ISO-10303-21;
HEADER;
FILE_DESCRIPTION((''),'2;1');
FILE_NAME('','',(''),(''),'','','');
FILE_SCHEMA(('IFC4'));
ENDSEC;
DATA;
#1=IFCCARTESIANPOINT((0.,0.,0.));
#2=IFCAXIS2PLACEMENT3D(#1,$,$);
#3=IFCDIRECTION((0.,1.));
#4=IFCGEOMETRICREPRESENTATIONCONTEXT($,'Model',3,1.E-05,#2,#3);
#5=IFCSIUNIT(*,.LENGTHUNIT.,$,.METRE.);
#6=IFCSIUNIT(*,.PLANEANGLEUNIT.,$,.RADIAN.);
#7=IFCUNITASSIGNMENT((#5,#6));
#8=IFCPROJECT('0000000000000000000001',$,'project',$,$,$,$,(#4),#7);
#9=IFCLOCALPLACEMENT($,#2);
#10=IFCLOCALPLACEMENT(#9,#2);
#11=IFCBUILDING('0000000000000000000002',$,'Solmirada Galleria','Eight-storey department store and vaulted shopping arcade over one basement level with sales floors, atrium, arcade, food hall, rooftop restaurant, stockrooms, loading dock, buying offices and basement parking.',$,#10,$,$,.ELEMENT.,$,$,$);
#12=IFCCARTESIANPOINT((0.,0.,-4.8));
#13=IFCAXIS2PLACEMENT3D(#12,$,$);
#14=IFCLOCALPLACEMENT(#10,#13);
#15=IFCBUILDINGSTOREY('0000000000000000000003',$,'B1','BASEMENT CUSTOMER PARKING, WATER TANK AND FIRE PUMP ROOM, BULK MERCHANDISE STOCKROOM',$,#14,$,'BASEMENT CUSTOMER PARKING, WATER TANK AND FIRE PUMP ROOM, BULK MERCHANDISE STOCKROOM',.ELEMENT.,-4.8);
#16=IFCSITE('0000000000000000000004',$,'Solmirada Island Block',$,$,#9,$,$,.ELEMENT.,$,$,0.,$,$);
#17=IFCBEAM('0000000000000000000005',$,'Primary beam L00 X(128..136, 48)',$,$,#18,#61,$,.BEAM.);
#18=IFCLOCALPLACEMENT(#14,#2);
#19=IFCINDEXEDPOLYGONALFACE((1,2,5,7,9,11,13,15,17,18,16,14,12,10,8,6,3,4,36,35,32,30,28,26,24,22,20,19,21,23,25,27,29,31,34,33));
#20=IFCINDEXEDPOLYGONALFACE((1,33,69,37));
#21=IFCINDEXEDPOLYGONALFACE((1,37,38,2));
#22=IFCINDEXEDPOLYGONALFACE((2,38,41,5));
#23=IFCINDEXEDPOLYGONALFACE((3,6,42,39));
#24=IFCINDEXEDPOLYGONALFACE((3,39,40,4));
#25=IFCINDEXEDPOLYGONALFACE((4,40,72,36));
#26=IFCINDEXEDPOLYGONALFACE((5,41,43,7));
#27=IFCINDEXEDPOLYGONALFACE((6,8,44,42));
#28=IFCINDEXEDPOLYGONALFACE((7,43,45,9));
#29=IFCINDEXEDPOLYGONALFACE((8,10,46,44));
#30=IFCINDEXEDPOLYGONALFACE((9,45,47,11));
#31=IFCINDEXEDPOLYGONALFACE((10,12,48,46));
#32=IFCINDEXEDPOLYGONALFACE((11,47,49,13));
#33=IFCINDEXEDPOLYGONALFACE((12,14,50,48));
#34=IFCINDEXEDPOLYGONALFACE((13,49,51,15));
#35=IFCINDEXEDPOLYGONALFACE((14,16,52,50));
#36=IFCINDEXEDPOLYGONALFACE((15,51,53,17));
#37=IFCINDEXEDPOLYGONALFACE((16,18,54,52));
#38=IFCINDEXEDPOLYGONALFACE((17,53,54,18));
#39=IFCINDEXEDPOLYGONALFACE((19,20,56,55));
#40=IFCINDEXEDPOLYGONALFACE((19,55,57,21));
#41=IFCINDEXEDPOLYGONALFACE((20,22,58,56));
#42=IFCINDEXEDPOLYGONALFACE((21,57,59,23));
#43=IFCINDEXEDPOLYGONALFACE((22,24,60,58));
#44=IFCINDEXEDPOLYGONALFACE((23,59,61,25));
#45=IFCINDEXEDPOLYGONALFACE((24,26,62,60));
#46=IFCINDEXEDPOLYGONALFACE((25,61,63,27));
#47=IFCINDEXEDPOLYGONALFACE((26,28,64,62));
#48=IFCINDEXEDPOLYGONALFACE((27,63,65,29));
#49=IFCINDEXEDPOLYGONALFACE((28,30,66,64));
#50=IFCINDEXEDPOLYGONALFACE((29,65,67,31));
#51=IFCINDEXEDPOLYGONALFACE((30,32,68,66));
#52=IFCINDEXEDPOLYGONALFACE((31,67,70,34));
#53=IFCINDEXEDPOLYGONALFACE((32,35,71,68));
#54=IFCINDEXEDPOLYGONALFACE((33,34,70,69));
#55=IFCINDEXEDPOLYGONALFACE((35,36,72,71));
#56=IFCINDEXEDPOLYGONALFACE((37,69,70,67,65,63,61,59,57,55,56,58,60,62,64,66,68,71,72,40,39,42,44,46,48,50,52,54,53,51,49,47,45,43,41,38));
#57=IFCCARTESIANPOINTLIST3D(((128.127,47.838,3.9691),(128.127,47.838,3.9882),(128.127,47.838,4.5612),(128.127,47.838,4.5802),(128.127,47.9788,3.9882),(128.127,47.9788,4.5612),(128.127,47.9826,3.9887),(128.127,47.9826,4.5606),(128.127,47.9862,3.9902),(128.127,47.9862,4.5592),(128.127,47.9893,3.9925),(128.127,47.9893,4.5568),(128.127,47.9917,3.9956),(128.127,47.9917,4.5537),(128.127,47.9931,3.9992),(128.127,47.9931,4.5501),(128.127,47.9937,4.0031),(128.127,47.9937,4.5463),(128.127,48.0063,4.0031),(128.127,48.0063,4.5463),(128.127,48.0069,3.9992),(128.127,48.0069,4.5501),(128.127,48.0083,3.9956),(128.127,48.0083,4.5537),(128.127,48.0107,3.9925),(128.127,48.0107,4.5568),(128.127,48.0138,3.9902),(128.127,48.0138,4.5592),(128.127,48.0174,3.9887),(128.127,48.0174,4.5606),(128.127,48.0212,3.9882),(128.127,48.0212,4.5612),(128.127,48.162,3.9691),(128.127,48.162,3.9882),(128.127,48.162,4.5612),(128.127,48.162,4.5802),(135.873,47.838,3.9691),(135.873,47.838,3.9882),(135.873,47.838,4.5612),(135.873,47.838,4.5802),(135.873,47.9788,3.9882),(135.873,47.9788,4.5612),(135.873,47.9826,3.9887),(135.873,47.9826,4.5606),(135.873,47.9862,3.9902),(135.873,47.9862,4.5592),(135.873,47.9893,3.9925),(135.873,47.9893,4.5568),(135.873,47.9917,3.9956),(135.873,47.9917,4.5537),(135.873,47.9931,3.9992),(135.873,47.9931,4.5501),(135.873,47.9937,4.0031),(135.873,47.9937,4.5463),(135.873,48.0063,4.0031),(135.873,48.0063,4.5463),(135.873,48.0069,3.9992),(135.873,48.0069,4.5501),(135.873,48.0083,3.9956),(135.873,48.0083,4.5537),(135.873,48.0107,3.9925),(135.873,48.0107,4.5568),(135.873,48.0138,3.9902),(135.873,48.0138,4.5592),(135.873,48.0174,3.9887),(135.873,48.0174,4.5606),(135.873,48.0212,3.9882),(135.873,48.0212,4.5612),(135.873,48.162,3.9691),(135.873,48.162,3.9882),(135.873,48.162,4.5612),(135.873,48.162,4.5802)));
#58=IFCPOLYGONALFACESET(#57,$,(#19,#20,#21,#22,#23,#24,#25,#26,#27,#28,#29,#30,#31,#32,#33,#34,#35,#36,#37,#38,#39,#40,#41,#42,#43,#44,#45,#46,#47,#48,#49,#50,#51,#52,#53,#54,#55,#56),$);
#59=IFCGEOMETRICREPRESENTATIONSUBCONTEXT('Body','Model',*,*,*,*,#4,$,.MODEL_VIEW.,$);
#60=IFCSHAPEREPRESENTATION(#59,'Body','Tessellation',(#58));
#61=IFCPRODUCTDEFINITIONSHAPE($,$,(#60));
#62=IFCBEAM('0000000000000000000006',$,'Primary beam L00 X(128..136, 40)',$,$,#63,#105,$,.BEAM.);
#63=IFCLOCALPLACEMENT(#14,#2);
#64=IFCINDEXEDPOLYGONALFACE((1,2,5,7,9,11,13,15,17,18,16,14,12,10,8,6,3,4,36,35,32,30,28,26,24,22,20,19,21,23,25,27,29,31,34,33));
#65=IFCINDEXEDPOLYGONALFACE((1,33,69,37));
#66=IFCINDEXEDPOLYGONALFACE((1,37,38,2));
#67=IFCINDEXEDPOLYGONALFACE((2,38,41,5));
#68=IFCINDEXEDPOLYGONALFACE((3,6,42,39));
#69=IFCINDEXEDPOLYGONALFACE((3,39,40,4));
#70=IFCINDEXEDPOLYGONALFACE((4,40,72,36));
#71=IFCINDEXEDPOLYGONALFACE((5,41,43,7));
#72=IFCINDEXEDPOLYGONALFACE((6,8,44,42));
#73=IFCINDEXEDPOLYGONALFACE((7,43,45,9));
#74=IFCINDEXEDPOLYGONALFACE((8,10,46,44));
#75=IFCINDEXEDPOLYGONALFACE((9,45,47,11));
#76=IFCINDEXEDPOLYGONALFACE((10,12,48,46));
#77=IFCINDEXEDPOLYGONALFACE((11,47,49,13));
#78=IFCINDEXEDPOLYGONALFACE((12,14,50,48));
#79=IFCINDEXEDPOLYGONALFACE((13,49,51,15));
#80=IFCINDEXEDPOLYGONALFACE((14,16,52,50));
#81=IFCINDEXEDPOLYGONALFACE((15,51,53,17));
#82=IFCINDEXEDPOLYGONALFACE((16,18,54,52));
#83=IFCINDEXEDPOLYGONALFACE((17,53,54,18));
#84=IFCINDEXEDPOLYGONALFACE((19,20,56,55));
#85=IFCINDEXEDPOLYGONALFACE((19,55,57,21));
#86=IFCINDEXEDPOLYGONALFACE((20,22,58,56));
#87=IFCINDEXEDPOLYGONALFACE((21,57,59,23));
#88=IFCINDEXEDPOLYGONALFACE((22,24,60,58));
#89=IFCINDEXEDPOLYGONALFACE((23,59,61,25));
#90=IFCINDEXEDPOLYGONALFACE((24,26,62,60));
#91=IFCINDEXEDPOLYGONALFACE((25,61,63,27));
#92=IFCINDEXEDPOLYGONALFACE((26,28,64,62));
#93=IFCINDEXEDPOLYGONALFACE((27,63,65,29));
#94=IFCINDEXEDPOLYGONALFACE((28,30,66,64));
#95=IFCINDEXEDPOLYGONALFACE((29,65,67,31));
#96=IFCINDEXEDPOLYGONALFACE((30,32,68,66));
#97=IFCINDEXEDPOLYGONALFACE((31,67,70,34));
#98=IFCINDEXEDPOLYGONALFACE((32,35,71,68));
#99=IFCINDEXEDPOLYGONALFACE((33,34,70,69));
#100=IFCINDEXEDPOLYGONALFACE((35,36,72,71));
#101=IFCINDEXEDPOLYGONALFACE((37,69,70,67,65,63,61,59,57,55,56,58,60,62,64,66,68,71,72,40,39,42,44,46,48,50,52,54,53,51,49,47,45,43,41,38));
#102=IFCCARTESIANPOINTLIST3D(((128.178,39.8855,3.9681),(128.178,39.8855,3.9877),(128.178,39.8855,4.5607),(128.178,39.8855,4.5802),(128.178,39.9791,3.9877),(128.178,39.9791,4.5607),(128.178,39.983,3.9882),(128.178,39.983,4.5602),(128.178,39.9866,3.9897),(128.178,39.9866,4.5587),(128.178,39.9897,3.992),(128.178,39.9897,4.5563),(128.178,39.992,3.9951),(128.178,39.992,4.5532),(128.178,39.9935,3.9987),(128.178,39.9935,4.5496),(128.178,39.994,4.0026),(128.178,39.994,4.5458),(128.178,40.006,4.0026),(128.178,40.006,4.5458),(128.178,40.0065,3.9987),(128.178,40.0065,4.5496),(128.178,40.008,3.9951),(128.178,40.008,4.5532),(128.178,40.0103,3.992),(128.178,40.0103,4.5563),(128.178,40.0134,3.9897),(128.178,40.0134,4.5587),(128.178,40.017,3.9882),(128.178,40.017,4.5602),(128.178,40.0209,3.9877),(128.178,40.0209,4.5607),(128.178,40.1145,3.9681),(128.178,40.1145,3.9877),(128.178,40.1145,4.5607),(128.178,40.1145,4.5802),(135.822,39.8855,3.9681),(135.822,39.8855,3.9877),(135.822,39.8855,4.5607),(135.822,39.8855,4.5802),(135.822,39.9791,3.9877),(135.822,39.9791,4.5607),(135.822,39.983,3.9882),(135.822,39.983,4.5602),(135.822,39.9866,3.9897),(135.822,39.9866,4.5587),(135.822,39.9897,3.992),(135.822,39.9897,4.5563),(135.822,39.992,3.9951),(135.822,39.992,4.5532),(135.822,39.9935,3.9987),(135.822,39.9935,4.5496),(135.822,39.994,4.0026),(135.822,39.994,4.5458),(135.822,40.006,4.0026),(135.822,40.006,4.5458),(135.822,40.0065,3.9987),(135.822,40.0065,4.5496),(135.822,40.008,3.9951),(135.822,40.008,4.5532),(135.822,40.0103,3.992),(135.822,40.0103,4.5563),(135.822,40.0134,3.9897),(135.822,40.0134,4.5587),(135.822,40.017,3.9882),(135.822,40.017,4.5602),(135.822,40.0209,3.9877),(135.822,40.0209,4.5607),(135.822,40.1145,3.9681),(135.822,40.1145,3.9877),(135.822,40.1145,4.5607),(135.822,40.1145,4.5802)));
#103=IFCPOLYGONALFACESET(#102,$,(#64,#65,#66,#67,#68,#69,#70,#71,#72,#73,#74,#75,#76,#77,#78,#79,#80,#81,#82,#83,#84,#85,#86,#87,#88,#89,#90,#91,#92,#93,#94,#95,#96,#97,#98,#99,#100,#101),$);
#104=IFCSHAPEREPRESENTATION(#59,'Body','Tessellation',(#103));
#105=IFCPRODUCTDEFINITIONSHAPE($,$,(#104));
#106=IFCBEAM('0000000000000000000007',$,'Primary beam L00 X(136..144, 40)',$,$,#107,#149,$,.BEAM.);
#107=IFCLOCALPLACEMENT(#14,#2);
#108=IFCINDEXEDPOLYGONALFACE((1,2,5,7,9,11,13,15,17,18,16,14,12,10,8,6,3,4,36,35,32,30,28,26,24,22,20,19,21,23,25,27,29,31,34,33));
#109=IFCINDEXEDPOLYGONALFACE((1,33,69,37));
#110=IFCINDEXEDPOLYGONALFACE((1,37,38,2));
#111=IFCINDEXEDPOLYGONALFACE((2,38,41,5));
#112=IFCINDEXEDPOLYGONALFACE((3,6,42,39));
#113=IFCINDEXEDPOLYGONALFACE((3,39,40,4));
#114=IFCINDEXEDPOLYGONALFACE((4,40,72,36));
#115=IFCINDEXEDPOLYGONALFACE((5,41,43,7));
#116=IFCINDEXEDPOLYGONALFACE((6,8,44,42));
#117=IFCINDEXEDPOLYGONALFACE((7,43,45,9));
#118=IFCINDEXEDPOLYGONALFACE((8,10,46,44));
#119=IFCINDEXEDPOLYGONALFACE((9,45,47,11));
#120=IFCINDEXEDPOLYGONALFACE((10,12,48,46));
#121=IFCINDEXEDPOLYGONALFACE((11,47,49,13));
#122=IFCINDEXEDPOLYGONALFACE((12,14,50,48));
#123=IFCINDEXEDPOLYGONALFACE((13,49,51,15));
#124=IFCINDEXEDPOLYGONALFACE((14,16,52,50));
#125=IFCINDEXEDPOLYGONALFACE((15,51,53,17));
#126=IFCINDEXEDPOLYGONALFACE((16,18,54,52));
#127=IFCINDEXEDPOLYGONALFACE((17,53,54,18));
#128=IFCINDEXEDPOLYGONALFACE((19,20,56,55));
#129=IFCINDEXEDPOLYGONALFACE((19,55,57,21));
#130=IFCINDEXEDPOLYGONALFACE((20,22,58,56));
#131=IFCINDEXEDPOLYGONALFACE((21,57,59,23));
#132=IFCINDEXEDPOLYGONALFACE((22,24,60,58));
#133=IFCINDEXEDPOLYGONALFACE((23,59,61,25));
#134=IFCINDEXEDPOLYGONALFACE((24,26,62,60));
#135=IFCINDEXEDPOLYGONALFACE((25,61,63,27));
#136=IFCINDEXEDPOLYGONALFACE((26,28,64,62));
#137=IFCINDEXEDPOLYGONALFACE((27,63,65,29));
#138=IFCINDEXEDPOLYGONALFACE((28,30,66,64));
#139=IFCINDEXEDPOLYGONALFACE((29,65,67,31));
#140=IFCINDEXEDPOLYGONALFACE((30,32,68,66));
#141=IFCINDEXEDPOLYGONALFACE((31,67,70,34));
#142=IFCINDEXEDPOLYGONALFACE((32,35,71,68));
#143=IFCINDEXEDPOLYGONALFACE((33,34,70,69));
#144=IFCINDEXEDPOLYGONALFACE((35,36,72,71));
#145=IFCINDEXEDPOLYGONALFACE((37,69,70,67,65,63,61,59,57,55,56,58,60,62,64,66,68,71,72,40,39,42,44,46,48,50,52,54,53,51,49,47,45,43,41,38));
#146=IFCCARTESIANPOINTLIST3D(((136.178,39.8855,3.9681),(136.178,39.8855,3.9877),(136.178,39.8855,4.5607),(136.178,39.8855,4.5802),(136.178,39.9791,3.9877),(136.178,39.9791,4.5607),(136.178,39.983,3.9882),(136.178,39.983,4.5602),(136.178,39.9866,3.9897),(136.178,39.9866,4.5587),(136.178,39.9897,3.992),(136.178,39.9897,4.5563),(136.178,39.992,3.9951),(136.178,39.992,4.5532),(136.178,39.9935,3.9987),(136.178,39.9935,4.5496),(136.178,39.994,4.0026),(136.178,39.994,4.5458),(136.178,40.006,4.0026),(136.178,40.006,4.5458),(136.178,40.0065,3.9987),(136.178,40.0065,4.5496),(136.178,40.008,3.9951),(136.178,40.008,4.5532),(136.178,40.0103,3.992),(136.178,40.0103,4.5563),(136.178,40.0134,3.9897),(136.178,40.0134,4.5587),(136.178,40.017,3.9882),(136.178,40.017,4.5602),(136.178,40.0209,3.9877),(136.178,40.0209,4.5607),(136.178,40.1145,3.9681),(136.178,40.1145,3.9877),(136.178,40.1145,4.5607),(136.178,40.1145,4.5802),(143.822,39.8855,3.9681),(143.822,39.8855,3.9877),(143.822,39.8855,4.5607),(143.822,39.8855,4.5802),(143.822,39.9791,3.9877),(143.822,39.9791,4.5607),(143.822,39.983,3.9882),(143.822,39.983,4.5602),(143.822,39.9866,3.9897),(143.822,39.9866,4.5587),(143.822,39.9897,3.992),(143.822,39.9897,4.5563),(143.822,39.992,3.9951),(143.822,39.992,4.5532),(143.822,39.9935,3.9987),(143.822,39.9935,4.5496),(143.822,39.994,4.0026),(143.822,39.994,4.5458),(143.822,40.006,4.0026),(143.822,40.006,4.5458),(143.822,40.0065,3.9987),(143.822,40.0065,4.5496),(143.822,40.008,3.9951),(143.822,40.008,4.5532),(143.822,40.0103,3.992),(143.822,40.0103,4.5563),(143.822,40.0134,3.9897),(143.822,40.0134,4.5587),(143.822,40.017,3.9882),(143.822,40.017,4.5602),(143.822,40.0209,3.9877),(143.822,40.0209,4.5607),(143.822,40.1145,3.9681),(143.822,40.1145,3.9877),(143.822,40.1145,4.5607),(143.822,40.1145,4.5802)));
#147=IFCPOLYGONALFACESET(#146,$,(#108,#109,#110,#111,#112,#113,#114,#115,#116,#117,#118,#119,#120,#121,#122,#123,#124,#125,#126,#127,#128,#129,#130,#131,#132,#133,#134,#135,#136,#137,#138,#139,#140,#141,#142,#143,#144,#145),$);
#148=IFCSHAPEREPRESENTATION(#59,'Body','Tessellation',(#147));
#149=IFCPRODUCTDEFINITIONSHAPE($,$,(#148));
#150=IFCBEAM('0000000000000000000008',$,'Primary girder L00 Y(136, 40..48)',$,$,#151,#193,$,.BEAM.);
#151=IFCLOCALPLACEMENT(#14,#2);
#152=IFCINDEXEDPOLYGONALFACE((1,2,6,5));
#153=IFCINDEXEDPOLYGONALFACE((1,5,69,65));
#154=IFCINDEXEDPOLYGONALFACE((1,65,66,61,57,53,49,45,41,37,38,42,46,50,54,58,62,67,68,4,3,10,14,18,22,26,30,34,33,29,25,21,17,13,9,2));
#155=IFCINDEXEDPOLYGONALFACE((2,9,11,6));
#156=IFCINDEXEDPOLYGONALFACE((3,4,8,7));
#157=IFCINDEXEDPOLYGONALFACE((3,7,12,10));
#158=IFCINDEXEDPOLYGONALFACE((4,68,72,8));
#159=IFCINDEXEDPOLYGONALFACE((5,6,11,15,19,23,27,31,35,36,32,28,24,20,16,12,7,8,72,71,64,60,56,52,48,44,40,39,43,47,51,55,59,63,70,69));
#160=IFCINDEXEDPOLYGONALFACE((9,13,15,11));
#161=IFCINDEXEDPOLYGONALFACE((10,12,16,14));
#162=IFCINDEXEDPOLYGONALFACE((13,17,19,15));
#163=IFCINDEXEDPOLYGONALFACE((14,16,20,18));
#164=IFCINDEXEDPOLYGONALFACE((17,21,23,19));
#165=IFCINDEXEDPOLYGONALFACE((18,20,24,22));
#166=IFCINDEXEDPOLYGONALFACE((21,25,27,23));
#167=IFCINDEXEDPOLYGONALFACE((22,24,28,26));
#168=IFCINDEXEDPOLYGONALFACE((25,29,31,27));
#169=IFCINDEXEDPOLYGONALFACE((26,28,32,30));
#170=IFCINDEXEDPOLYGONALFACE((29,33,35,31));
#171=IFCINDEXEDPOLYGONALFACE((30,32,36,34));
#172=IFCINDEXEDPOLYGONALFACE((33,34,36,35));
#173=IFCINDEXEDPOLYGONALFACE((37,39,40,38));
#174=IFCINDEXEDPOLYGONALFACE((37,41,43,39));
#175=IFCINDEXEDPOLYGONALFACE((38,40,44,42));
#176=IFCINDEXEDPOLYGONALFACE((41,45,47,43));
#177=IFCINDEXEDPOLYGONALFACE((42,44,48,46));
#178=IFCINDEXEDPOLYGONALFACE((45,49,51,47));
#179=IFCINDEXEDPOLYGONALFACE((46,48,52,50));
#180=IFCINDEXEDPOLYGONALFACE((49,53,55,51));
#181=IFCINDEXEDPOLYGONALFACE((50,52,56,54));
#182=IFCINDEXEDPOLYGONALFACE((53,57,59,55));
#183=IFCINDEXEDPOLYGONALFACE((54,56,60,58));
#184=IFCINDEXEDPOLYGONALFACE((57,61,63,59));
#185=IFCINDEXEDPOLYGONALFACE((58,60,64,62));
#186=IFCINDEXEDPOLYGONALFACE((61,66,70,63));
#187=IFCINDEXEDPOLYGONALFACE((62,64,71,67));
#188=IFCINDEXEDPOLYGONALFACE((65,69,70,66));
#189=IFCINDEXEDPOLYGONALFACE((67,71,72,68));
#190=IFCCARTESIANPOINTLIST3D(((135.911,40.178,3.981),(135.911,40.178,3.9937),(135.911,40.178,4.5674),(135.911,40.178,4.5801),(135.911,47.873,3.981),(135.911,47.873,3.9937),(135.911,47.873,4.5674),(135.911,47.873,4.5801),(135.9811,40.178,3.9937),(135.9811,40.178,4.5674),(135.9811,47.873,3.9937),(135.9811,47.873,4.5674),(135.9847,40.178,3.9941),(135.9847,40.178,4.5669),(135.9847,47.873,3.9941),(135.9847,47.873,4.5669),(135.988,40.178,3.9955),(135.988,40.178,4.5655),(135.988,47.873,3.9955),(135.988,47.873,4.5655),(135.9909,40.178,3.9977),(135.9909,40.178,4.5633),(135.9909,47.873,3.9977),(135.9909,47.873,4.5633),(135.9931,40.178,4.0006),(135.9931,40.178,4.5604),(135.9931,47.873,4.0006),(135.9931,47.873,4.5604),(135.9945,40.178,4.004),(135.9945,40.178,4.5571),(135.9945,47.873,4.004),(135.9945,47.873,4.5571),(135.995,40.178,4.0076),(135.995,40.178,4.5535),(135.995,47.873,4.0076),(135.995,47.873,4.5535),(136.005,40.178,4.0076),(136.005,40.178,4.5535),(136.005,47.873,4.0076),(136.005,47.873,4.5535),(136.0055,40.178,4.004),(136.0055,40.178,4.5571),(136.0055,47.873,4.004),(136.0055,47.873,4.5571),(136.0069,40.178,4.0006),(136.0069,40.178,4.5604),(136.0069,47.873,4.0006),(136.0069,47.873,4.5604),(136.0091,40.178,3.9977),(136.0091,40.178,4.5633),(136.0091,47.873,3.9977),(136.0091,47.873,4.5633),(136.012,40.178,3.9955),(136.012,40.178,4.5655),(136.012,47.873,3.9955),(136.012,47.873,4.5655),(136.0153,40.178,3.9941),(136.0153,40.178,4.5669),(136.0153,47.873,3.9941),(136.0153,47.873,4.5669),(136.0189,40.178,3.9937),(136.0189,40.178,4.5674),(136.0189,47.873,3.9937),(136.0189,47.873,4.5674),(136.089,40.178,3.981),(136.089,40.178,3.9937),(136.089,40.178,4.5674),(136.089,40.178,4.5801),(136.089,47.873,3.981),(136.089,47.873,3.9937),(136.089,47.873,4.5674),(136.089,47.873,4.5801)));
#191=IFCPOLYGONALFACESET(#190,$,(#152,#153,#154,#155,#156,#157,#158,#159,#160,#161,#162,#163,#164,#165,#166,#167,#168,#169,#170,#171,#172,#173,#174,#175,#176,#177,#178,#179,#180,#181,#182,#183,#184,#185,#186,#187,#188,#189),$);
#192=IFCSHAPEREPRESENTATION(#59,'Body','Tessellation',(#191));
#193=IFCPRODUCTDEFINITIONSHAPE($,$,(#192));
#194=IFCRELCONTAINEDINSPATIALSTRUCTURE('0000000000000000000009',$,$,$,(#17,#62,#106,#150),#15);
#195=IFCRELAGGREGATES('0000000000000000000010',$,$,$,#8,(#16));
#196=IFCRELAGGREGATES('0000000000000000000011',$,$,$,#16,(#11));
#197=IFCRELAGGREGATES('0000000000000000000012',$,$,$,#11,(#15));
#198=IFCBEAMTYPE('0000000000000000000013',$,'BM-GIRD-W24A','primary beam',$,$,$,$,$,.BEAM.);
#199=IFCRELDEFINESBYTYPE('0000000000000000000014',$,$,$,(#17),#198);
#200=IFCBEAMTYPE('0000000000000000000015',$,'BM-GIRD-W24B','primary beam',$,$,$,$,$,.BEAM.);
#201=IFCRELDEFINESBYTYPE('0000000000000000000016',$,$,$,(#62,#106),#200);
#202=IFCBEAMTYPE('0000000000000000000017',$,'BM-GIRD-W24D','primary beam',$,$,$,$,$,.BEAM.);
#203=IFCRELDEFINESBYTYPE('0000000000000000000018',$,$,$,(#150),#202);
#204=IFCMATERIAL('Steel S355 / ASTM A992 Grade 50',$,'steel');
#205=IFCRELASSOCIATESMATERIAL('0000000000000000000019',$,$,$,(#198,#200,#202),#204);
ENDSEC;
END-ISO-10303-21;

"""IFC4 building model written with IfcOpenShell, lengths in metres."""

from ifc_helpers import new_model, si_unit, direction, frame, origin, origin_2d, place, context, subcontext, project, spatial, i_section, extrude, material, material_profile, profile_set, type_object, element, save


model = new_model("IFC4")

# Units and contexts
model_context = context("Model", 3, precision=1e-05, world=origin(), true_north=direction((0.0, 1.0)))
body_context = subcontext(model_context, "Body", "Model", "MODEL_VIEW")
ifc_project = project(units=[si_unit("LENGTHUNIT", "METRE"), si_unit("PLANEANGLEUNIT", "RADIAN")], contexts=[model_context])

# Site, building, storey
site_placement = place(None, origin())
site = spatial("IfcSite", under=ifc_project, at=site_placement, Name="Solmirada Island Block", CompositionType="ELEMENT", RefElevation=0.0)
building_placement = place(site_placement, origin())
building = spatial("IfcBuilding", under=site, at=building_placement, Name="Solmirada Galleria", Description="Eight-storey department store and vaulted shopping arcade over one basement level with sales floors, atrium, arcade, food hall, rooftop restaurant, stockrooms, loading dock, buying offices and basement parking.", CompositionType="ELEMENT")
storey_placement = place(building_placement, frame((0.0, 0.0, -4.8)))
storey = spatial("IfcBuildingStorey", under=building, at=storey_placement, Name="B1", Description="BASEMENT CUSTOMER PARKING, WATER TANK AND FIRE PUMP ROOM, BULK MERCHANDISE STOCKROOM", LongName="BASEMENT CUSTOMER PARKING, WATER TANK AND FIRE PUMP ROOM, BULK MERCHANDISE STOCKROOM", CompositionType="ELEMENT", Elevation=-4.8)

# Beams
ifc_material_1 = material(Name="Steel S355 / ASTM A992 Grade 50", Category="steel")
ifc_material_profile_1 = material_profile(ifc_material_1, i_section(OverallWidth=0.324, OverallDepth=0.6111, WebThickness=0.0127, FlangeThickness=0.019, FilletRadius=0.0149, at=origin_2d()), Name="W24X104")
ifc_profile_set_1 = profile_set([ifc_material_profile_1], Name="Steel S355 / ASTM A992 Grade 50")
beam_type_1 = type_object("IfcBeamType", Name="BM-GIRD-W24A", Description="primary beam", PredefinedType="BEAM", material=ifc_profile_set_1)
beam_1_placement = place(storey_placement, frame((128.127, 48.0, 4.2747), z_axis=(1.0, 0.0, 0.0), x_axis=(0.0, 1.0, 0.0)))
element("IfcBeam", 1, at=beam_1_placement, inside=storey, type_object=beam_type_1, Name="Primary beam L00 X(128..136, 48)", PredefinedType="BEAM", context=body_context, shape_type="SweptSolid", body=[
    extrude(i_section(OverallWidth=0.324, OverallDepth=0.6111, WebThickness=0.0127, FlangeThickness=0.019, FilletRadius=0.0149, at=origin_2d()), origin(), (0.0, 0.0, 1.0), 7.7461),
])
ifc_material_profile_2 = material_profile(ifc_material_1, i_section(OverallWidth=0.229, OverallDepth=0.6121, WebThickness=0.012, FlangeThickness=0.0195, FilletRadius=0.0149, at=origin_2d()), Name="W24X84")
ifc_profile_set_2 = profile_set([ifc_material_profile_2], Name="Steel S355 / ASTM A992 Grade 50")
beam_type_2 = type_object("IfcBeamType", Name="BM-GIRD-W24B", Description="primary beam", PredefinedType="BEAM", material=ifc_profile_set_2)
for number, where, z_axis, x_axis, name in (
    (2, (128.178, 40.0, 4.2742), (1.0, 0.0, 0.0), (0.0, 1.0, 0.0), "Primary beam L00 X(128..136, 40)"),
    (3, (136.178, 40.0, 4.2742), (1.0, 0.0, 0.0), (0.0, 1.0, 0.0), "Primary beam L00 X(136..144, 40)"),
):
    element("IfcBeam", number, at=place(storey_placement, frame(where, z_axis=z_axis, x_axis=x_axis)), inside=storey, type_object=beam_type_2, Name=name, PredefinedType="BEAM", context=body_context, shape_type="SweptSolid", body=[
        extrude(i_section(OverallWidth=0.229, OverallDepth=0.6121, WebThickness=0.012, FlangeThickness=0.0195, FilletRadius=0.0149, at=origin_2d()), origin(), (0.0, 0.0, 1.0), 7.644),
    ])
ifc_material_profile_3 = material_profile(ifc_material_1, i_section(OverallWidth=0.178, OverallDepth=0.5991, WebThickness=0.01, FlangeThickness=0.0127, FilletRadius=0.0139, at=origin_2d()), Name="W24X55")
ifc_profile_set_3 = profile_set([ifc_material_profile_3], Name="Steel S355 / ASTM A992 Grade 50")
beam_type_3 = type_object("IfcBeamType", Name="BM-GIRD-W24D", Description="primary beam", PredefinedType="BEAM", material=ifc_profile_set_3)
beam_2_placement = place(storey_placement, frame((136.0, 40.178, 4.2805), z_axis=(0.0, 1.0, 0.0), x_axis=(-1.0, 0.0, 0.0)))
element("IfcBeam", 4, at=beam_2_placement, inside=storey, type_object=beam_type_3, Name="Primary girder L00 Y(136, 40..48)", PredefinedType="BEAM", context=body_context, shape_type="SweptSolid", body=[
    extrude(i_section(OverallWidth=0.178, OverallDepth=0.5991, WebThickness=0.01, FlangeThickness=0.0127, FilletRadius=0.0139, at=origin_2d()), origin(), (0.0, 0.0, 1.0), 7.6951),
])

save(model, "model.ifc")
